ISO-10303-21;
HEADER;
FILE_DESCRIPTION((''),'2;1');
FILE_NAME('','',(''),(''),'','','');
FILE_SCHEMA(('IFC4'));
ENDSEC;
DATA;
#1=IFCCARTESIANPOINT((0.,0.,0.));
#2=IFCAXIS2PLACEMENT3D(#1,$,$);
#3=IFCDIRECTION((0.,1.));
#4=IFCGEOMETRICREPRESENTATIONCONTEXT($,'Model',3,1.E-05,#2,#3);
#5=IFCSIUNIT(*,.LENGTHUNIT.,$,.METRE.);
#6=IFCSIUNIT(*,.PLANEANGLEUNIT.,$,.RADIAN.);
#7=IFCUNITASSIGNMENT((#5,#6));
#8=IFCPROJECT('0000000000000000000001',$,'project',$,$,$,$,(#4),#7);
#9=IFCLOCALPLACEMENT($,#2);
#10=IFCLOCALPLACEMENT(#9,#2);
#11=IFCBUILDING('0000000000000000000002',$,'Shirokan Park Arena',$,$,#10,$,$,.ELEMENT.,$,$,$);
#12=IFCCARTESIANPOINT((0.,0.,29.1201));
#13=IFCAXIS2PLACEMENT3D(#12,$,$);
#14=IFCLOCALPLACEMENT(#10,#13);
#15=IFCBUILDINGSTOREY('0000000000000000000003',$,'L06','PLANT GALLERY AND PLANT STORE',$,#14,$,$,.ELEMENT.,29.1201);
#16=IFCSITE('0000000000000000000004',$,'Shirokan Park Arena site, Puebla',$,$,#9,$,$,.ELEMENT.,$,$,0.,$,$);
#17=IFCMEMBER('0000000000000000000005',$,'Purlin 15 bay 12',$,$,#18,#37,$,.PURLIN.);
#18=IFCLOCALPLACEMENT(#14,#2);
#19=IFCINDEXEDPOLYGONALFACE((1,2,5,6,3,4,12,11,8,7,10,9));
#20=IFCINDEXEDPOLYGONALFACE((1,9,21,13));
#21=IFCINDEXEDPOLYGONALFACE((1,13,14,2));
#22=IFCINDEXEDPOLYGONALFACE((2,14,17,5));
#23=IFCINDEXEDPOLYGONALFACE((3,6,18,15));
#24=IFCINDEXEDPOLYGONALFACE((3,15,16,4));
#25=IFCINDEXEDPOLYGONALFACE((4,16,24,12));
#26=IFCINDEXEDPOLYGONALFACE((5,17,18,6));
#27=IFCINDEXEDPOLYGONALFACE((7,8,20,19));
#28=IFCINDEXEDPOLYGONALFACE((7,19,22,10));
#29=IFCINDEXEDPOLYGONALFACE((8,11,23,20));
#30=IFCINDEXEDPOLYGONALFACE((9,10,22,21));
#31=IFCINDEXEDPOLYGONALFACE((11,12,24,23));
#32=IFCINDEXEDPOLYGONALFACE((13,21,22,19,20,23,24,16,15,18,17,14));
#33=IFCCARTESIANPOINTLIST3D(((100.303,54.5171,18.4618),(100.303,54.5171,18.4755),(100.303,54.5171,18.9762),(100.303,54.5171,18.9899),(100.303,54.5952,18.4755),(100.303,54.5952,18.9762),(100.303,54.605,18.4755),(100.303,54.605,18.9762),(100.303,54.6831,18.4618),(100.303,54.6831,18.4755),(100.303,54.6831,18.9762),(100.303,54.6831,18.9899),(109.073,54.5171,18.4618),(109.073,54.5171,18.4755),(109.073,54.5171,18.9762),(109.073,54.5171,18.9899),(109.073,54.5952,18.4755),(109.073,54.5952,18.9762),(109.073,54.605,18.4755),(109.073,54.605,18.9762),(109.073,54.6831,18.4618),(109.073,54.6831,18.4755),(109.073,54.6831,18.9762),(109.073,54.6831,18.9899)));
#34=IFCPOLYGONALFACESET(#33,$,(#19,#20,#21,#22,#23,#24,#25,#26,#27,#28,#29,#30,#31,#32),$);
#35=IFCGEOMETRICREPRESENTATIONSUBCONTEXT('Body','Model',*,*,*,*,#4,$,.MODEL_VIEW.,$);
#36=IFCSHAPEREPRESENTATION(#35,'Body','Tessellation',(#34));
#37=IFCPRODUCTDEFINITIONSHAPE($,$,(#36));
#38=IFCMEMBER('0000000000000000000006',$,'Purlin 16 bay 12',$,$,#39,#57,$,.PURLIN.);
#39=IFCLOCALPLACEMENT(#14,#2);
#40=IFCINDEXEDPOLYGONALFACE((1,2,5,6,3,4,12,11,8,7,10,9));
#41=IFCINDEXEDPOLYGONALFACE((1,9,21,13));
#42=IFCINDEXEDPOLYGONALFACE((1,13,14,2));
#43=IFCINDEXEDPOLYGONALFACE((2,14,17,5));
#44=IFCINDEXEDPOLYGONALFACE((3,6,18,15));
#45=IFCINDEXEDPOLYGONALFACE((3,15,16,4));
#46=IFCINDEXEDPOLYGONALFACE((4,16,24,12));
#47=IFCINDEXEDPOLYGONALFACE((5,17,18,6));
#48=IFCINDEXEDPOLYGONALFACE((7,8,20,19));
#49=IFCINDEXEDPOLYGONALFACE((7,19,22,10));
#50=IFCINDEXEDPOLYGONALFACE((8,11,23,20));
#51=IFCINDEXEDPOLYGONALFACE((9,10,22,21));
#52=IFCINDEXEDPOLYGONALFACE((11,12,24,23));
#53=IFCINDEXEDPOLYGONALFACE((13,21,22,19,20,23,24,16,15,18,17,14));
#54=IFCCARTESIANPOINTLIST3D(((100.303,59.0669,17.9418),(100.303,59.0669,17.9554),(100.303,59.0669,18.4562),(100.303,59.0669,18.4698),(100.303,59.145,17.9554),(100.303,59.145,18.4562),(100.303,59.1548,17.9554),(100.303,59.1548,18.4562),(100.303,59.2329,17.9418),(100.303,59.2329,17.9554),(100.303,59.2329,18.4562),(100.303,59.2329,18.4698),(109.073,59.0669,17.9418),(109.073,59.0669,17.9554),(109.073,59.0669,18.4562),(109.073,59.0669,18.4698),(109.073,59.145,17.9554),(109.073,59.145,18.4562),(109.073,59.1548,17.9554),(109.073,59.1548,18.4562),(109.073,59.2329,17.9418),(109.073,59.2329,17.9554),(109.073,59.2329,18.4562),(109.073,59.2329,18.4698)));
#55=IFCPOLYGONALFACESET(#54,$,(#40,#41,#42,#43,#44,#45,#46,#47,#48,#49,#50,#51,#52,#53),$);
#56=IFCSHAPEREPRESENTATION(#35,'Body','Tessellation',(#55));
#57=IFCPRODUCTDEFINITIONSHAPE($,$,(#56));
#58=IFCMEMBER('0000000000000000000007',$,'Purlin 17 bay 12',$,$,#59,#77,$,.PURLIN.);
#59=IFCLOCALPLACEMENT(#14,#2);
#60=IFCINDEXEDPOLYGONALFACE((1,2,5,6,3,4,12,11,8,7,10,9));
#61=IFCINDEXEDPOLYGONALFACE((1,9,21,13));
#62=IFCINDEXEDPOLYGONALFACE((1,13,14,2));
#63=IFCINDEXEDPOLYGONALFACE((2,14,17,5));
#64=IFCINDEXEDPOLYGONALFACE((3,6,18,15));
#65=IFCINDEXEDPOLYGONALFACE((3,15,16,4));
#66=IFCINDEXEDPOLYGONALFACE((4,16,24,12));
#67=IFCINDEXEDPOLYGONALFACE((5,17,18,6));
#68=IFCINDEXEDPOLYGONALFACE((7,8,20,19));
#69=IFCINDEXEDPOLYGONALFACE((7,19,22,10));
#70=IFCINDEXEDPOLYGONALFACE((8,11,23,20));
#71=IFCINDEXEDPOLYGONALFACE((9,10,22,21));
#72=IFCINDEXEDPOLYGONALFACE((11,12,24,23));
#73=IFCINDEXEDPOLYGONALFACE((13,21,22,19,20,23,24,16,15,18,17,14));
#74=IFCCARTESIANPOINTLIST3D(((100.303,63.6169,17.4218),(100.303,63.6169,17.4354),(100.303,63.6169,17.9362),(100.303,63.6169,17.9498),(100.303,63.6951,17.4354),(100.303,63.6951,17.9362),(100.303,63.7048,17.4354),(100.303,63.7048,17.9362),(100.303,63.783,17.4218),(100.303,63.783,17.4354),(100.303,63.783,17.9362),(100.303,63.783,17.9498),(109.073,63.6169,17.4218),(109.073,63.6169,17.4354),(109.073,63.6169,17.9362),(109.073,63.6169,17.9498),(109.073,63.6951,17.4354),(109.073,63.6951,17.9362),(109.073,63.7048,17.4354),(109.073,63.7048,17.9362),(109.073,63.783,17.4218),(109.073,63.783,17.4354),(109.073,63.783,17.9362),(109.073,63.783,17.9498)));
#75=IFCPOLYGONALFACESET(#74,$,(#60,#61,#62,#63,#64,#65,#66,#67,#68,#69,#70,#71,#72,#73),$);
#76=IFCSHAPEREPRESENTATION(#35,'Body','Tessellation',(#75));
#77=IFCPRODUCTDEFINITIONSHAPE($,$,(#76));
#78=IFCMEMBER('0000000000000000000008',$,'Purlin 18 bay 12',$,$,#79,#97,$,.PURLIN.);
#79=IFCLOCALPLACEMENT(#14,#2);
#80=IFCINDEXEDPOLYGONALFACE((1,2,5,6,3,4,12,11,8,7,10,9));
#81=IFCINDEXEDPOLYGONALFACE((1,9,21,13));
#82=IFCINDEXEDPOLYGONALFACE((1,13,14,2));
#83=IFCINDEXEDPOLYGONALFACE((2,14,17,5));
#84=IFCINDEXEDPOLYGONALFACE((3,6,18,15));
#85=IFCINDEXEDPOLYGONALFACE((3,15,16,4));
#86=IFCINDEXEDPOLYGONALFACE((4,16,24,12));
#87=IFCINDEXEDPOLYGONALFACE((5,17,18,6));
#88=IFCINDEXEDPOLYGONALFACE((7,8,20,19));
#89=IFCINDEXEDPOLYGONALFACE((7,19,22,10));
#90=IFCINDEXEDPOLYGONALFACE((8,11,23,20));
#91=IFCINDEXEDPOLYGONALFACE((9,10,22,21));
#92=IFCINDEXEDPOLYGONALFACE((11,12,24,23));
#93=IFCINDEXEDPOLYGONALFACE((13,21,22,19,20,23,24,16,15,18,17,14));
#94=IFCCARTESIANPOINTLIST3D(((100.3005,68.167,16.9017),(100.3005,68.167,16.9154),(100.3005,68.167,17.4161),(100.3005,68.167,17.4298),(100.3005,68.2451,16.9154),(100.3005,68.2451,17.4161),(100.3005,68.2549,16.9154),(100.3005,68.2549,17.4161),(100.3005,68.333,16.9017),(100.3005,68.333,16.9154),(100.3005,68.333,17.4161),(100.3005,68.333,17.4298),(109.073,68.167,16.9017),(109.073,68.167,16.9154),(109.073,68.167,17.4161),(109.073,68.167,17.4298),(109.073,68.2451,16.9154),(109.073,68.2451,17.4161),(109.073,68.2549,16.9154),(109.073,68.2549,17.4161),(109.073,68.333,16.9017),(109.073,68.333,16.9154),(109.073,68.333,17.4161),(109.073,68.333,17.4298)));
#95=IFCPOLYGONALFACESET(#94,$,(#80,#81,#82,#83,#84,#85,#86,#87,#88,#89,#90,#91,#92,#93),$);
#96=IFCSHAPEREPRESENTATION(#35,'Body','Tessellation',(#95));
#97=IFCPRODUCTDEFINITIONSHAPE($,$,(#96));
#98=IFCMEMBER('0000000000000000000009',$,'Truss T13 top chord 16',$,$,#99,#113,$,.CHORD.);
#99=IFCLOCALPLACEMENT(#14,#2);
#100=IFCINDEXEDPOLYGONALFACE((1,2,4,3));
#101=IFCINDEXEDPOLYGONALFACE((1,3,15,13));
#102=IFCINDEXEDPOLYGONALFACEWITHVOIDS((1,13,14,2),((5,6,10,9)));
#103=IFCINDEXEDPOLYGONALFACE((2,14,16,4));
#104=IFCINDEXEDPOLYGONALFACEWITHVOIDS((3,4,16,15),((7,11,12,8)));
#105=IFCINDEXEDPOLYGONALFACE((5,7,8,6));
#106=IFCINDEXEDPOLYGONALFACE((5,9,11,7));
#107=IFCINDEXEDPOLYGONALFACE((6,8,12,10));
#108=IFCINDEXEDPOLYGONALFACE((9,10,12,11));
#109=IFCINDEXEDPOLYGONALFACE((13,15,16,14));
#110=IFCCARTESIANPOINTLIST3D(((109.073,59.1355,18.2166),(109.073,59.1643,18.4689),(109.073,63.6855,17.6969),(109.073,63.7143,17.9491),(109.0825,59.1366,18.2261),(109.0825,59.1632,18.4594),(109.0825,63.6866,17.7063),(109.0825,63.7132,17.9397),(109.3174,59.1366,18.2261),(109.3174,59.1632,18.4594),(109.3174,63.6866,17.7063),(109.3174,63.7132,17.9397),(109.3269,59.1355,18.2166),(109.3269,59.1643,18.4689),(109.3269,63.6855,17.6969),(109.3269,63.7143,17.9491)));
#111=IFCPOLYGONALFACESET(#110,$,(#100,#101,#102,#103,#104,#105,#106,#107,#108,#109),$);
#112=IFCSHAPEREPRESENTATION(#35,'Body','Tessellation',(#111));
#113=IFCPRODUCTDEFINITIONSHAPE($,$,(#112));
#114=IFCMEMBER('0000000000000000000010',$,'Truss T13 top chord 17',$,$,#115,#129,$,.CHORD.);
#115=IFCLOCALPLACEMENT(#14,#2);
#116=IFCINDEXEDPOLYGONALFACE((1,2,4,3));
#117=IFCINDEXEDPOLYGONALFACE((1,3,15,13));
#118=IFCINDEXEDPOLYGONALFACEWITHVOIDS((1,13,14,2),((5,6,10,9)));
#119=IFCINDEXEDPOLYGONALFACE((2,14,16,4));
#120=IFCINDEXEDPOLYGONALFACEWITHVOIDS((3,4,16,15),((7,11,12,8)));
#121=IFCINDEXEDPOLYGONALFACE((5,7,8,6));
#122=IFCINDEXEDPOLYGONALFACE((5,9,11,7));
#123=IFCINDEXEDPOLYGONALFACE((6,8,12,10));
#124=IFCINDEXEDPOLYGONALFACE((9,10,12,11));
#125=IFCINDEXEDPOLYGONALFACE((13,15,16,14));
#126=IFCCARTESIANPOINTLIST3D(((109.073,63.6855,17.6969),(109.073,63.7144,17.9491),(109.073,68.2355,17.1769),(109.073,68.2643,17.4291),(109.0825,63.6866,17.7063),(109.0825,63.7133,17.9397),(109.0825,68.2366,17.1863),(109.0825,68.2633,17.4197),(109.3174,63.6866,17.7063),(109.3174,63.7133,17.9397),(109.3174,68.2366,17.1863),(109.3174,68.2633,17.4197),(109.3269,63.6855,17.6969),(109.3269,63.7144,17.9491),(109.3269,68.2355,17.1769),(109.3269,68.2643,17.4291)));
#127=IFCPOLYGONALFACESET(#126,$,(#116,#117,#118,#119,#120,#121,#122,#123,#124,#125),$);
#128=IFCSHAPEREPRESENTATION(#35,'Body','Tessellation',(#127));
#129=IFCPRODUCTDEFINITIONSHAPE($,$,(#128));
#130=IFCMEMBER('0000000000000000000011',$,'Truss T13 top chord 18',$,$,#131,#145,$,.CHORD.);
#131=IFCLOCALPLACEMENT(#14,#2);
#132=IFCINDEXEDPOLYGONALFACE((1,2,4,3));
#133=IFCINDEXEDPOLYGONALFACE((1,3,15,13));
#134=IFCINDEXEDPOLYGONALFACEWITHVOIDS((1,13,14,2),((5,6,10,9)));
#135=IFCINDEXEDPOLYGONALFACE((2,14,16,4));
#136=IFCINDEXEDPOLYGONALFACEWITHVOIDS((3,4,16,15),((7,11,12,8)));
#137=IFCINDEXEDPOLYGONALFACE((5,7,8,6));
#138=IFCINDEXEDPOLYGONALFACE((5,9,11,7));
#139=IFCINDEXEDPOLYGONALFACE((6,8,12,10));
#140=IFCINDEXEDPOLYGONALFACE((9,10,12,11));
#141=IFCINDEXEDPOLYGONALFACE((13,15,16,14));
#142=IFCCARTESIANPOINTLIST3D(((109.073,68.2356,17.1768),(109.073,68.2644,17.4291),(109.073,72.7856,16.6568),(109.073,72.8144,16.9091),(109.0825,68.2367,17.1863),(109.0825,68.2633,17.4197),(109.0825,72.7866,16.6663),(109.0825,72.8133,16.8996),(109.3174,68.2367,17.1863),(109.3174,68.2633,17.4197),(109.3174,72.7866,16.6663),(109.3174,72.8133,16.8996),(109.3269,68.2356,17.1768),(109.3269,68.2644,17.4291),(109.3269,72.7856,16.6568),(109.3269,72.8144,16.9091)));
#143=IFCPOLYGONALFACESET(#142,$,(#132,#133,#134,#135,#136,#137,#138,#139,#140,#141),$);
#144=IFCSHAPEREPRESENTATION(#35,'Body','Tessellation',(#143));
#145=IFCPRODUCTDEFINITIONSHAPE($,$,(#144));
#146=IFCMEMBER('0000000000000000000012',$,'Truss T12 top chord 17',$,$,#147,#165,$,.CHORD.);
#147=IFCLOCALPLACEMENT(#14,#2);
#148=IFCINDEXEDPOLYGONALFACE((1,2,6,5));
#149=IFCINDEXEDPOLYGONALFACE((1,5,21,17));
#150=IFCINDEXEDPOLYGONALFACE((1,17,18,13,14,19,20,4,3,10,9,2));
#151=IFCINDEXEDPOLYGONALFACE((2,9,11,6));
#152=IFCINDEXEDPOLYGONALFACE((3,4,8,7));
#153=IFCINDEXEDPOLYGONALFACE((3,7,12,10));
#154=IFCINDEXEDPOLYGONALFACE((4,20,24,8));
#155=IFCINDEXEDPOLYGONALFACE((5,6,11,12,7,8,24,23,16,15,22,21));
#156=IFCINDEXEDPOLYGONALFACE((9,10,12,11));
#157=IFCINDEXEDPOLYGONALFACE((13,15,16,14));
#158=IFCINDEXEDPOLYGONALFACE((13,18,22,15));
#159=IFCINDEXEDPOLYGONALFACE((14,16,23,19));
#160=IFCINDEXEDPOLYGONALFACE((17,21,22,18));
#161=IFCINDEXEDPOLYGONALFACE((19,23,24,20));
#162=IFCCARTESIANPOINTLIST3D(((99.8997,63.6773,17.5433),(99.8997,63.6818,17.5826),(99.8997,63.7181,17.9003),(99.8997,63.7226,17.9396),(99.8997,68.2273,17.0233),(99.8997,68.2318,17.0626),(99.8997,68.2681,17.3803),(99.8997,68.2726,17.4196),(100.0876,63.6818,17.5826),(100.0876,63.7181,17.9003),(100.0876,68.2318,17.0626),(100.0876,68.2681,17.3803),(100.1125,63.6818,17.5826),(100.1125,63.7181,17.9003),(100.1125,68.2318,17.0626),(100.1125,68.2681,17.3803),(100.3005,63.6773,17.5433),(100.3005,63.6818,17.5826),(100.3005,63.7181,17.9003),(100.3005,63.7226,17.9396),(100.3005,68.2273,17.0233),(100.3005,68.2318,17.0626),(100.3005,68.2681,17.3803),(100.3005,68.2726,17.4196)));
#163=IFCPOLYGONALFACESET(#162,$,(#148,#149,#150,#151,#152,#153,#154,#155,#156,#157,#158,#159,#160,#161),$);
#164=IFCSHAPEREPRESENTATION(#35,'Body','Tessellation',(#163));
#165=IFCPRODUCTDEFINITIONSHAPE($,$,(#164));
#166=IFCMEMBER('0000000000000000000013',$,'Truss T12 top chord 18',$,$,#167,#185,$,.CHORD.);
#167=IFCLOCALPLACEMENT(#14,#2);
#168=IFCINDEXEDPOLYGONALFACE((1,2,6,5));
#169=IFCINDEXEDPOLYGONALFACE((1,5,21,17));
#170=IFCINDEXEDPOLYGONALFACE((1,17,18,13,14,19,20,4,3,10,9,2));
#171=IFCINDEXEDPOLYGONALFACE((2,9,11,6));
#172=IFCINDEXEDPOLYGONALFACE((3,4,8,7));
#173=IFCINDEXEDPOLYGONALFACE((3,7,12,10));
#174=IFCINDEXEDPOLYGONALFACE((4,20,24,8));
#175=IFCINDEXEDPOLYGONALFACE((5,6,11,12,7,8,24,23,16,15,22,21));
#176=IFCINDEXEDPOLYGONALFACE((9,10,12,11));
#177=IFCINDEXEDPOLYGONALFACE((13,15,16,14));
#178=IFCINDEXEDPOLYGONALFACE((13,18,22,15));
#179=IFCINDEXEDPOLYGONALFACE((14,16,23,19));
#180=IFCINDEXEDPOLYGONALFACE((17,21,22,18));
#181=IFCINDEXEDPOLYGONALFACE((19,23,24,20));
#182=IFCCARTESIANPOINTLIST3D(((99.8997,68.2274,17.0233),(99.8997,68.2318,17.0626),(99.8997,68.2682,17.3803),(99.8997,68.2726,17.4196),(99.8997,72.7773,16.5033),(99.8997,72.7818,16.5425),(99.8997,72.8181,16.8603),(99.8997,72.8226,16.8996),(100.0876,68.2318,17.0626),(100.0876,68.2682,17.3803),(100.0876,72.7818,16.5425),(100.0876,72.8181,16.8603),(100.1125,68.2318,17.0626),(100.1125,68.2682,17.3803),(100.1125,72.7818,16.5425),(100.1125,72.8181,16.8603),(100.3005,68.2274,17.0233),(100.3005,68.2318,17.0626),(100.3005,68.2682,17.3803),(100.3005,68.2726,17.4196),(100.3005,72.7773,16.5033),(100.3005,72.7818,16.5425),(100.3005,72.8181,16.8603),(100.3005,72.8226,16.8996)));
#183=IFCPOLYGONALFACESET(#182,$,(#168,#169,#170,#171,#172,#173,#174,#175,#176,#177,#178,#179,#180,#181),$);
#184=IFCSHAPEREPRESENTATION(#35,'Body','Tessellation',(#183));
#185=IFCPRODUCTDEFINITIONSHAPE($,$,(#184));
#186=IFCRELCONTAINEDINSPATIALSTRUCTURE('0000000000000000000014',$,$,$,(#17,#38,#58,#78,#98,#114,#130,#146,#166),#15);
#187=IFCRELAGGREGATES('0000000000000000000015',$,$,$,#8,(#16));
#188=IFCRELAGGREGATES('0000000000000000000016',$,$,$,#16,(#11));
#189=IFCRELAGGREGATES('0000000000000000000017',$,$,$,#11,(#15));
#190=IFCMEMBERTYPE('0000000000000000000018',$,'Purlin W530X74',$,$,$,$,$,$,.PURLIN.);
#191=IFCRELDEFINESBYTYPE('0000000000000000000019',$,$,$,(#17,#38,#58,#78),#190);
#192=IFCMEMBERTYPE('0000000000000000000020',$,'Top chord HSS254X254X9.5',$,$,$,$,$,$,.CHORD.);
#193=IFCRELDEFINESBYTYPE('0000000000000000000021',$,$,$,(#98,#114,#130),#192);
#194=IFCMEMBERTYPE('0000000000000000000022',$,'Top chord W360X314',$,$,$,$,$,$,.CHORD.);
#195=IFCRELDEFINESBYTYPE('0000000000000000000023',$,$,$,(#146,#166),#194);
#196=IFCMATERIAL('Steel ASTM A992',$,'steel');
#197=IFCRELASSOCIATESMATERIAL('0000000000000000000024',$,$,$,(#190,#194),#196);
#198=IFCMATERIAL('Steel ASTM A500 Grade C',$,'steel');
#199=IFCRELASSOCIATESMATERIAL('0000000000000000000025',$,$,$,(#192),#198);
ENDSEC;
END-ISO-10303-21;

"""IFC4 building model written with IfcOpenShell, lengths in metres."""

from ifc_helpers import new_model, si_unit, direction, frame, origin, origin_2d, place, context, subcontext, project, spatial, hollow_rectangle, i_section, extrude, material, material_profile, profile_set, type_object, element, save


model = new_model("IFC4")

# Units and contexts
model_context = context("Model", 3, precision=1e-05, world=origin(), true_north=direction((0.0, 1.0)))
body_context = subcontext(model_context, "Body", "Model", "MODEL_VIEW")
ifc_project = project(units=[si_unit("LENGTHUNIT", "METRE"), si_unit("PLANEANGLEUNIT", "RADIAN")], contexts=[model_context])

# Site, building, storey
site_placement = place(None, origin())
site = spatial("IfcSite", under=ifc_project, at=site_placement, Name="Shirokan Park Arena site, Puebla", CompositionType="ELEMENT", RefElevation=0.0)
building_placement = place(site_placement, origin())
building = spatial("IfcBuilding", under=site, at=building_placement, Name="Shirokan Park Arena", CompositionType="ELEMENT")
storey_placement = place(building_placement, frame((0.0, 0.0, 29.1201)))
storey = spatial("IfcBuildingStorey", under=building, at=storey_placement, Name="L06", Description="PLANT GALLERY AND PLANT STORE", CompositionType="ELEMENT", Elevation=29.1201)

# Members
ifc_material_1 = material(Name="Steel ASTM A992", Category="steel")
ifc_material_profile_1 = material_profile(ifc_material_1, i_section(OverallWidth=0.166, OverallDepth=0.5281, WebThickness=0.0098, FlangeThickness=0.0137, at=origin_2d()), Name="W530X74")
ifc_profile_set_1 = profile_set([ifc_material_profile_1], Name="Steel ASTM A992")
member_type_1 = type_object("IfcMemberType", Name="Purlin W530X74", PredefinedType="PURLIN", material=ifc_profile_set_1)
for number, where, z_axis, x_axis, name in (
    (1, (100.303, 54.6001, 18.7258), (1.0, 0.0, 0.0), (0.0, 1.0, 0.0), "Purlin 15 bay 12"),
    (2, (100.303, 59.1499, 18.2058), (1.0, 0.0, 0.0), (0.0, 1.0, 0.0), "Purlin 16 bay 12"),
    (3, (100.303, 63.7, 17.6858), (1.0, 0.0, 0.0), (0.0, 1.0, 0.0), "Purlin 17 bay 12"),
):
    element("IfcMember", number, at=place(storey_placement, frame(where, z_axis=z_axis, x_axis=x_axis)), inside=storey, type_object=member_type_1, Name=name, PredefinedType="PURLIN", context=body_context, shape_type="SweptSolid", body=[
        extrude(i_section(OverallWidth=0.166, OverallDepth=0.5281, WebThickness=0.0098, FlangeThickness=0.0137, at=origin_2d()), origin(), (0.0, 0.0, 1.0), 8.77),
    ])
member_1_placement = place(storey_placement, frame((100.3005, 68.25, 17.1658), z_axis=(1.0, 0.0, 0.0), x_axis=(0.0, 1.0, 0.0)))
element("IfcMember", 4, at=member_1_placement, inside=storey, type_object=member_type_1, Name="Purlin 18 bay 12", PredefinedType="PURLIN", context=body_context, shape_type="SweptSolid", body=[
    extrude(i_section(OverallWidth=0.166, OverallDepth=0.5281, WebThickness=0.0098, FlangeThickness=0.0137, at=origin_2d()), origin(), (0.0, 0.0, 1.0), 8.7725),
])
ifc_material_2 = material(Name="Steel ASTM A500 Grade C", Category="steel")
ifc_material_profile_2 = material_profile(ifc_material_2, hollow_rectangle(XDim=0.2539, YDim=0.2539, WallThickness=0.0095, at=origin_2d()), Name="HSS254X254X9.5")
ifc_profile_set_2 = profile_set([ifc_material_profile_2], Name="Steel ASTM A500 Grade C")
member_type_2 = type_object("IfcMemberType", Name="Top chord HSS254X254X9.5", PredefinedType="CHORD", material=ifc_profile_set_2)
for number, where, z_axis, x_axis, name in (
    (5, (109.2, 59.1499, 18.3428), (0.0, 0.993538, -0.113497), (-1.0, 0.0, 0.0), "Truss T13 top chord 16"),
    (6, (109.2, 63.7, 17.823), (0.0, 0.993532, -0.11355), (-1.0, 0.0, 0.0), "Truss T13 top chord 17"),
    (7, (109.2, 68.25, 17.303), (0.0, 0.993532, -0.11355), (-1.0, 0.0, 0.0), "Truss T13 top chord 18"),
):
    element("IfcMember", number, at=place(storey_placement, frame(where, z_axis=z_axis, x_axis=x_axis)), inside=storey, type_object=member_type_2, Name=name, PredefinedType="CHORD", context=body_context, shape_type="SweptSolid", body=[
        extrude(hollow_rectangle(XDim=0.2539, YDim=0.2539, WallThickness=0.0095, at=origin_2d()), origin(), (0.0, 0.0, 1.0), 4.5796),
    ])
ifc_material_profile_3 = material_profile(ifc_material_1, i_section(OverallWidth=0.4009, OverallDepth=0.3989, WebThickness=0.0249, FlangeThickness=0.0396, at=origin_2d()), Name="W360X314")
ifc_profile_set_3 = profile_set([ifc_material_profile_3], Name="Steel ASTM A992")
member_type_3 = type_object("IfcMemberType", Name="Top chord W360X314", PredefinedType="CHORD", material=ifc_profile_set_3)
for number, where, z_axis, x_axis, name in (
    (8, (100.1001, 63.7, 17.7415), (0.0, 0.993532, -0.11355), (-1.0, 0.0, 0.0), "Truss T12 top chord 17"),
    (9, (100.1001, 68.25, 17.2214), (0.0, 0.993532, -0.11355), (-1.0, 0.0, 0.0), "Truss T12 top chord 18"),
):
    element("IfcMember", number, at=place(storey_placement, frame(where, z_axis=z_axis, x_axis=x_axis)), inside=storey, type_object=member_type_3, Name=name, PredefinedType="CHORD", context=body_context, shape_type="SweptSolid", body=[
        extrude(i_section(OverallWidth=0.4009, OverallDepth=0.3989, WebThickness=0.0249, FlangeThickness=0.0396, at=origin_2d()), origin(), (0.0, 0.0, 1.0), 4.5796),
    ])

save(model, "model.ifc")
